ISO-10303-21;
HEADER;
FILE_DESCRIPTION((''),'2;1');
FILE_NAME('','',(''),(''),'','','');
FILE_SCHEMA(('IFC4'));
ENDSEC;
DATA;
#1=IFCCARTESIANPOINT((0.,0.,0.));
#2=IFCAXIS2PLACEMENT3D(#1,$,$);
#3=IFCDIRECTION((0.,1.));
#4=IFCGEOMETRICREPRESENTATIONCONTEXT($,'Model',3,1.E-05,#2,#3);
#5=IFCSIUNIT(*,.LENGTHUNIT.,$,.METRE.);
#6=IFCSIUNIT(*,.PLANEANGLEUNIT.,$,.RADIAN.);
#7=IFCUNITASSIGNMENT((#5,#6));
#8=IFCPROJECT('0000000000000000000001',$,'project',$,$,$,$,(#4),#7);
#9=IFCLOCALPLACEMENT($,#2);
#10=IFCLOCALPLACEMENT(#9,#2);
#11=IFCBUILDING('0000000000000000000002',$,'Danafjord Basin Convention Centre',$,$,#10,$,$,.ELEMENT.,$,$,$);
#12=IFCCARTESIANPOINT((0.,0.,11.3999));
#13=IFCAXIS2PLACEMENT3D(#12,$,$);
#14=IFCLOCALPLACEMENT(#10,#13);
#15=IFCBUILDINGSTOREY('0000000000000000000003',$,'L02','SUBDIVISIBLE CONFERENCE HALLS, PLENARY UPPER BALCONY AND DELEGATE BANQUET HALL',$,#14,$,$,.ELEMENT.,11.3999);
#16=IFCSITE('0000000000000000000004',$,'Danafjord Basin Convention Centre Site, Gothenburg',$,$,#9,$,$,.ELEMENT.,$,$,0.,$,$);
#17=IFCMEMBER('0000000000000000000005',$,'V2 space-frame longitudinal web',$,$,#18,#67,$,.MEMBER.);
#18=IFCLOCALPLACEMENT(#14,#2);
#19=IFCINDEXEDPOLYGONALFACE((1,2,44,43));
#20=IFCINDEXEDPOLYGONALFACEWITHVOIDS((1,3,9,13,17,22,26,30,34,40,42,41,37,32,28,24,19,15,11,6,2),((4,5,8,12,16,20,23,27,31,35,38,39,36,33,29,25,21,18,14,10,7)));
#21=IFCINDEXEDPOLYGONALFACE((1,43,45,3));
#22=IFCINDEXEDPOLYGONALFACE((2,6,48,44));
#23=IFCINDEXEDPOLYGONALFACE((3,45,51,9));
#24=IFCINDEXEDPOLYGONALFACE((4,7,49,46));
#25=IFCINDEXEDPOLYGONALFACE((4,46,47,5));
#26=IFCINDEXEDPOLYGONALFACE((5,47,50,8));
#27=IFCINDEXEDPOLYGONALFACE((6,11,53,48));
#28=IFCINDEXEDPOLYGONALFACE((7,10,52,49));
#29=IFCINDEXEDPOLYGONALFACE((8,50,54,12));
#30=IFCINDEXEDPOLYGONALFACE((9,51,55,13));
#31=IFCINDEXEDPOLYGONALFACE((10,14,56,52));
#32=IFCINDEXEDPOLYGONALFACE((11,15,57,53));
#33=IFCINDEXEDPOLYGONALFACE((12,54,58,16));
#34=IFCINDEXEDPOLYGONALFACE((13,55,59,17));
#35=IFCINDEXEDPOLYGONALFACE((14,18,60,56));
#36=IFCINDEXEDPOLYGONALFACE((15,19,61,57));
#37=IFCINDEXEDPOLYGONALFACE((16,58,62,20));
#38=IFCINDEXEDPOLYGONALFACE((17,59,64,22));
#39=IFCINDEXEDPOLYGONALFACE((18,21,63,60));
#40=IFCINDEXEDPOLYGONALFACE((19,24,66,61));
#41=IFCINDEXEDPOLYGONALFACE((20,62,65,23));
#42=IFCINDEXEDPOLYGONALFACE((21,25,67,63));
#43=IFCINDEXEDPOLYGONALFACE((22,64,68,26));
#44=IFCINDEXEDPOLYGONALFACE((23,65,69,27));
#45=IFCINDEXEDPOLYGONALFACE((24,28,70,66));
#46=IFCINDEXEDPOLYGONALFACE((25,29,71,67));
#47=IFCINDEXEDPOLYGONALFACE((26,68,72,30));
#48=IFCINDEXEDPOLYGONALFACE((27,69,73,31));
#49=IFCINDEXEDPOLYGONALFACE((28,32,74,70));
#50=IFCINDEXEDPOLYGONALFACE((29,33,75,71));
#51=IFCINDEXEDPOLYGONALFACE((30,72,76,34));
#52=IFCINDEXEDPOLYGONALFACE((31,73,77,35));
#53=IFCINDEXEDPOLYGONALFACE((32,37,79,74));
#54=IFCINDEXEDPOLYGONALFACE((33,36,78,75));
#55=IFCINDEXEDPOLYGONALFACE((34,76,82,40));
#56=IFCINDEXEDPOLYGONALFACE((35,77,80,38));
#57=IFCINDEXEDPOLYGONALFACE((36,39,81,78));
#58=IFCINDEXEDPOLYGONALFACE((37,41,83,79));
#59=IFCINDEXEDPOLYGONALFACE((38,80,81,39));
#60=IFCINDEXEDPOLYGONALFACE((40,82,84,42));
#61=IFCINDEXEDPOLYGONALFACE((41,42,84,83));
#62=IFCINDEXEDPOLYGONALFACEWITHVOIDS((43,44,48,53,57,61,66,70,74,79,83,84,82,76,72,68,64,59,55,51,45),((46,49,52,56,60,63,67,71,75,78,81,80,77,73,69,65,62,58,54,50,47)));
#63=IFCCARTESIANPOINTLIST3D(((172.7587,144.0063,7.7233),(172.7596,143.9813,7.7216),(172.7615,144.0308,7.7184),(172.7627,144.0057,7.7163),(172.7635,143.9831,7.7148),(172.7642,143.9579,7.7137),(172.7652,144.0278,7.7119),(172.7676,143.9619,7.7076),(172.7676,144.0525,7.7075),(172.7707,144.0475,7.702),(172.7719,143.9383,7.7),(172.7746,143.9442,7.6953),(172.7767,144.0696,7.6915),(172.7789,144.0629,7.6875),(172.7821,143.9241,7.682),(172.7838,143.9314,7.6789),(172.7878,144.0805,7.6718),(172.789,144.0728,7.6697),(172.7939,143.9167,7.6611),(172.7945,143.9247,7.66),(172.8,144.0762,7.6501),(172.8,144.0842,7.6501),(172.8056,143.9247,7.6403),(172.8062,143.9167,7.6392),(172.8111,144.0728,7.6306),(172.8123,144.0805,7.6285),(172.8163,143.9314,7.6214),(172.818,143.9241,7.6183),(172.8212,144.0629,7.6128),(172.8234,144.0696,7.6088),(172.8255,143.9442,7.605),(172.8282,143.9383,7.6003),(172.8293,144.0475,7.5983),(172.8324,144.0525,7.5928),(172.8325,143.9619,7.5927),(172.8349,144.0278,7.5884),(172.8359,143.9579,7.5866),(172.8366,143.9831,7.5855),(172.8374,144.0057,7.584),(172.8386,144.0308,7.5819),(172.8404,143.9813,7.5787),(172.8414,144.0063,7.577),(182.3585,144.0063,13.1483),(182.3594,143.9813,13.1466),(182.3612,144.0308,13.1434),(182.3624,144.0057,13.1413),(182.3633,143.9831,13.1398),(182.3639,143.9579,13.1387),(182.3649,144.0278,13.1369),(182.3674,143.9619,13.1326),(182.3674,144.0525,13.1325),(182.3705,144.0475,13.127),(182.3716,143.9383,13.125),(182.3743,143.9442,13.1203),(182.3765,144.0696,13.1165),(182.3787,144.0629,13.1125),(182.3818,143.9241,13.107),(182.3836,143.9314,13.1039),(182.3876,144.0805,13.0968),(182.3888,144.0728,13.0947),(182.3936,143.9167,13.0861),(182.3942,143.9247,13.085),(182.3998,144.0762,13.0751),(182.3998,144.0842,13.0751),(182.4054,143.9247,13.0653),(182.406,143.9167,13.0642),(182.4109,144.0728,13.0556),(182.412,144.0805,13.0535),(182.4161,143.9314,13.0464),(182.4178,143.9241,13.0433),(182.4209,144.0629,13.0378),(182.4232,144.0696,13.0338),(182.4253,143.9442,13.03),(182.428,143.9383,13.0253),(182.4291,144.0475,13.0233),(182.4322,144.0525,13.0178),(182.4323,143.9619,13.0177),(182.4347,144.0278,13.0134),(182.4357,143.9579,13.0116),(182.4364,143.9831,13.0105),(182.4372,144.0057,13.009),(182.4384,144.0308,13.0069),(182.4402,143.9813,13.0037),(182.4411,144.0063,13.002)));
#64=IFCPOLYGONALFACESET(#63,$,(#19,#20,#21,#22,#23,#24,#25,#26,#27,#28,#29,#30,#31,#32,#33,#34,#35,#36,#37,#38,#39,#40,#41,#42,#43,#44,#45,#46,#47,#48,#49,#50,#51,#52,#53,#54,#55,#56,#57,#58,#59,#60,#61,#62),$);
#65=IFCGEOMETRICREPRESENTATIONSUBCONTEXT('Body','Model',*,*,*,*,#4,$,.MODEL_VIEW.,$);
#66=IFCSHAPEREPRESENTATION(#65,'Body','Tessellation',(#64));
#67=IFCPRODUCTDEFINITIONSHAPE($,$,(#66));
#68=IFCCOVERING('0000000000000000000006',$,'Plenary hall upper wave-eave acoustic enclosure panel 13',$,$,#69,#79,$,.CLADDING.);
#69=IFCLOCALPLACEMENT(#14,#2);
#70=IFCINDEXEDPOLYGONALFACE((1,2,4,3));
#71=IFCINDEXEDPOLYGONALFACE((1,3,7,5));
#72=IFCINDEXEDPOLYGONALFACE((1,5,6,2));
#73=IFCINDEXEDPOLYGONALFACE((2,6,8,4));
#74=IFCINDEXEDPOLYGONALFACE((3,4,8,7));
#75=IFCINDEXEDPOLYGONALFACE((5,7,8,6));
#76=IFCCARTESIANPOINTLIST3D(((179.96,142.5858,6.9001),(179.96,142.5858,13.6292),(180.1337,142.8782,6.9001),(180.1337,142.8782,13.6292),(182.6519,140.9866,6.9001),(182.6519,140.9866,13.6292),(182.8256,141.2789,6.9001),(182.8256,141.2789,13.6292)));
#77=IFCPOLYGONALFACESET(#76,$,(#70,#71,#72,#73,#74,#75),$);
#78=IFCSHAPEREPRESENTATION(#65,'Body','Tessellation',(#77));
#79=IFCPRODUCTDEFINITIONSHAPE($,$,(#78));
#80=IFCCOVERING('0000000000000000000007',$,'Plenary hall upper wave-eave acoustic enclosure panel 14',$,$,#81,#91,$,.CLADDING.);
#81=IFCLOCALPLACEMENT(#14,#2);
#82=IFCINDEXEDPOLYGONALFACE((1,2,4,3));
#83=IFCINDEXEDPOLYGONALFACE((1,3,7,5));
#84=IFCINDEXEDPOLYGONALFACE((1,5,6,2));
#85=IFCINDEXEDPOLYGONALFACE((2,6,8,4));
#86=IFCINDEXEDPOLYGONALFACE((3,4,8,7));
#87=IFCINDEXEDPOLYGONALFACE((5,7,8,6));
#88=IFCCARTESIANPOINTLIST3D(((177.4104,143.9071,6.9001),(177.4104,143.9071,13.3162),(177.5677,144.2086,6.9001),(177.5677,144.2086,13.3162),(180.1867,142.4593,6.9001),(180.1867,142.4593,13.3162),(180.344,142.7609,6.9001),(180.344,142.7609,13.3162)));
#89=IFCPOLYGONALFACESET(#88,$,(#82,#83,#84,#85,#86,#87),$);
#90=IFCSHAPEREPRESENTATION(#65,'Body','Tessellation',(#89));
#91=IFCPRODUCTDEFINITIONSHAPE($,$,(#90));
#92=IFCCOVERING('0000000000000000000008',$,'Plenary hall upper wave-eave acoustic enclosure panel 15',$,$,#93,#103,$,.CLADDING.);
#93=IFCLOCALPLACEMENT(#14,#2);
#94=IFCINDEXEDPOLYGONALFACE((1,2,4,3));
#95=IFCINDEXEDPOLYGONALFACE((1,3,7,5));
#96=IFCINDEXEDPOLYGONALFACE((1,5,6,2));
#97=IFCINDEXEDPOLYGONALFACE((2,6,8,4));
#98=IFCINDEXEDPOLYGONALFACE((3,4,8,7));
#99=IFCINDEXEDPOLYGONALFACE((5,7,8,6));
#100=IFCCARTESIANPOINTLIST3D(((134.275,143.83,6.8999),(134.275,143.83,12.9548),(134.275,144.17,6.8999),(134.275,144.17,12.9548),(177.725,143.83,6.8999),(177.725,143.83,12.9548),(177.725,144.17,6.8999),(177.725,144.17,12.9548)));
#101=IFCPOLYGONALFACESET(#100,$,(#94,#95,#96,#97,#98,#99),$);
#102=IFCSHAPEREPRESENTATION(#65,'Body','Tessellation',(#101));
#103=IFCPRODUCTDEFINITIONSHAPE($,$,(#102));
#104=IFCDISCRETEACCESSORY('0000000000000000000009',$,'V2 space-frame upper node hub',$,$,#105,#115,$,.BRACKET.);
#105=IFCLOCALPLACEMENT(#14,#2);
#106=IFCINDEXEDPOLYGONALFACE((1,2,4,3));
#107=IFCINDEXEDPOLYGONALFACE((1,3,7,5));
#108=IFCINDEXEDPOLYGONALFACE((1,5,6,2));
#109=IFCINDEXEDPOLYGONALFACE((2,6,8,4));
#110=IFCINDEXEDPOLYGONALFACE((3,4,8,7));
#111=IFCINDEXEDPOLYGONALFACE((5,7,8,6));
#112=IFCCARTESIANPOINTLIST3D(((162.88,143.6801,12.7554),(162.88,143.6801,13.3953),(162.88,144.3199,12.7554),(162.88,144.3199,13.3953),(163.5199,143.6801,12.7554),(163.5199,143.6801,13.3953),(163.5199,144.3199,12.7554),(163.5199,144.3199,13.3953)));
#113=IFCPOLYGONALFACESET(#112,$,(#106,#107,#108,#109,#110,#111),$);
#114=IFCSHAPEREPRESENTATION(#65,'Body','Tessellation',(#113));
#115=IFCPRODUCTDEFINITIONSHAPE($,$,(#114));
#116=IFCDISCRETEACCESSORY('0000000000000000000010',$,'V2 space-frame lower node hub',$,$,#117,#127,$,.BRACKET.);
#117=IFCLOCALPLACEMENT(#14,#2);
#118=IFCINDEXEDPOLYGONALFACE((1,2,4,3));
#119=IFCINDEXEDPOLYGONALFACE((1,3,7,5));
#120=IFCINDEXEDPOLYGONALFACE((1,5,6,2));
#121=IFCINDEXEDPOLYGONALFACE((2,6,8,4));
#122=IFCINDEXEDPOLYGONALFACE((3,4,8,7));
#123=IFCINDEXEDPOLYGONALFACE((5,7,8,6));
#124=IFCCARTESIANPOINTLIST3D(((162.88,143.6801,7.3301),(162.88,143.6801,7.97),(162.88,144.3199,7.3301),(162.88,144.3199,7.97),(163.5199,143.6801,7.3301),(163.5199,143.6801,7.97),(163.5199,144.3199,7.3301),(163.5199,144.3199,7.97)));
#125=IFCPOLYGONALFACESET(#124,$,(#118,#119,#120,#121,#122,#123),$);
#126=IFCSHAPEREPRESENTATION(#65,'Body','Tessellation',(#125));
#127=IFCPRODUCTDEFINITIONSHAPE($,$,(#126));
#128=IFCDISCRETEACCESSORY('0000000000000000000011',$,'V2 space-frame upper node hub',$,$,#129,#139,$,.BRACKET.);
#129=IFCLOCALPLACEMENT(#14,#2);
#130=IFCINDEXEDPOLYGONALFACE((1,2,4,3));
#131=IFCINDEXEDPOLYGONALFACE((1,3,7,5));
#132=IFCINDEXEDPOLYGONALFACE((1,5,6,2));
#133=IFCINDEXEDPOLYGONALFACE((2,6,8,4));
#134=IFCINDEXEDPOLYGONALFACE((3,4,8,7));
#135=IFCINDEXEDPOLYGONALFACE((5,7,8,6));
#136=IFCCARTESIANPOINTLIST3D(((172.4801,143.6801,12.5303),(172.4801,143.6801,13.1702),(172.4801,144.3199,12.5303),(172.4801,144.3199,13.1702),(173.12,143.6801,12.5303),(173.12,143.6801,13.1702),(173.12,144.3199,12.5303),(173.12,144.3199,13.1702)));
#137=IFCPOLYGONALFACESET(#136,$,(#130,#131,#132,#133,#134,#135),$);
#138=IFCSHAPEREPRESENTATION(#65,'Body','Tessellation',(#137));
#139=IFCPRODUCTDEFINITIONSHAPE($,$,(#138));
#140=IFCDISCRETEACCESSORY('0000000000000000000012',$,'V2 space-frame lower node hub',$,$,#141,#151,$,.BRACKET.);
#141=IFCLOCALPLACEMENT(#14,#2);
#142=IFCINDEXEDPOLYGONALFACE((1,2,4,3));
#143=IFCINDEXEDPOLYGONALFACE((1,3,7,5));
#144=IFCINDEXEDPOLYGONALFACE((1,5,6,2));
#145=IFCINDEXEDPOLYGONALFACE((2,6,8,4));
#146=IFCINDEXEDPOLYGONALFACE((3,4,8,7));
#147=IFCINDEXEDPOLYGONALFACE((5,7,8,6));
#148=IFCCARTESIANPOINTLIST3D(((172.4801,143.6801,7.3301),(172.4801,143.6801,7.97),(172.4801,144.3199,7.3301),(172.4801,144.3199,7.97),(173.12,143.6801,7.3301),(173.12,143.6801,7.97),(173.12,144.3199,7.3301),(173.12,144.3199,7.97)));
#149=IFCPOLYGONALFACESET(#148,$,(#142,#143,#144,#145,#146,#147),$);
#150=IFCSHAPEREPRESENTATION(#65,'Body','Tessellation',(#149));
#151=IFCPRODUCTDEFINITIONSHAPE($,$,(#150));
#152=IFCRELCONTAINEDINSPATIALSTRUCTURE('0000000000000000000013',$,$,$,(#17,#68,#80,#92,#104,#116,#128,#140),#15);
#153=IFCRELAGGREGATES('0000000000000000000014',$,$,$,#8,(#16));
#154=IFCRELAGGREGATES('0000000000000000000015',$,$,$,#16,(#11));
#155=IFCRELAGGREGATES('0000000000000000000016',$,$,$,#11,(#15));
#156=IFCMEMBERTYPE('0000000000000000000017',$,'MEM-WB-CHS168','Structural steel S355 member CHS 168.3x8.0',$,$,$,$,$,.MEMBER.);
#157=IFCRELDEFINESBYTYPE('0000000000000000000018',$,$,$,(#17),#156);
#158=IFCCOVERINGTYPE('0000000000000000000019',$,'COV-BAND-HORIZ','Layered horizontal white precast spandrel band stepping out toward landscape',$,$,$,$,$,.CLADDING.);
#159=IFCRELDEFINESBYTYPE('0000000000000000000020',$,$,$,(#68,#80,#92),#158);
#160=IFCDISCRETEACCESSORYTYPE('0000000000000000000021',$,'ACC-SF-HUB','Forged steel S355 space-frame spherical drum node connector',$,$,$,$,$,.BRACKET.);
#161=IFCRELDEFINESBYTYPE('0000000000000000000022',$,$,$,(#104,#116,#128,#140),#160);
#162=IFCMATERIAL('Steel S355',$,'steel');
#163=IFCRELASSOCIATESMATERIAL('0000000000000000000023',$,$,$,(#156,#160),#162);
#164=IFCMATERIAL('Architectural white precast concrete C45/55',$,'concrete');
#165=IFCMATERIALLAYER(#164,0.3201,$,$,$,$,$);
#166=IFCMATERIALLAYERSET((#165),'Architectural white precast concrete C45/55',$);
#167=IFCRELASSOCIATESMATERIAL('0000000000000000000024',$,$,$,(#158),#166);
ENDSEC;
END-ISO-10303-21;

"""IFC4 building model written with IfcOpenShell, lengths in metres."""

from ifc_helpers import new_model, si_unit, direction, frame, origin, origin_2d, place, context, subcontext, project, spatial, rectangle, hollow_circle, extrude, material, layer, layer_set, material_profile, profile_set, type_object, element, save


model = new_model("IFC4")

# Units and contexts
model_context = context("Model", 3, precision=1e-05, world=origin(), true_north=direction((0.0, 1.0)))
body_context = subcontext(model_context, "Body", "Model", "MODEL_VIEW")
ifc_project = project(units=[si_unit("LENGTHUNIT", "METRE"), si_unit("PLANEANGLEUNIT", "RADIAN")], contexts=[model_context])

# Site, building, storey
site_placement = place(None, origin())
site = spatial("IfcSite", under=ifc_project, at=site_placement, Name="Danafjord Basin Convention Centre Site, Gothenburg", CompositionType="ELEMENT", RefElevation=0.0)
building_placement = place(site_placement, origin())
building = spatial("IfcBuilding", under=site, at=building_placement, Name="Danafjord Basin Convention Centre", CompositionType="ELEMENT")
storey_placement = place(building_placement, frame((0.0, 0.0, 11.3999)))
storey = spatial("IfcBuildingStorey", under=building, at=storey_placement, Name="L02", Description="SUBDIVISIBLE CONFERENCE HALLS, PLENARY UPPER BALCONY AND DELEGATE BANQUET HALL", CompositionType="ELEMENT", Elevation=11.3999)

# Shared definitions
ifc_material_1 = material(Name="Steel S355", Category="steel")

# Member
ifc_material_profile_1 = material_profile(ifc_material_1, hollow_circle(Radius=0.0842, WallThickness=0.0081, at=origin_2d()), Name="CHS 168.3x8.0")
ifc_profile_set_1 = profile_set([ifc_material_profile_1], Name="Steel S355")
member_type_1 = type_object("IfcMemberType", Name="MEM-WB-CHS168", Description="Structural steel S355 member CHS 168.3x8.0", PredefinedType="MEMBER", material=ifc_profile_set_1)
member_1_placement = place(storey_placement, frame((172.8, 144.0, 7.6501), z_axis=(0.8706, 0.0, 0.491992), x_axis=(0.0, 1.0, 0.0)))
element("IfcMember", 1, at=member_1_placement, inside=storey, type_object=member_type_1, Name="V2 space-frame longitudinal web", PredefinedType="MEMBER", context=body_context, shape_type="SweptSolid", body=[
    extrude(hollow_circle(Radius=0.0842, WallThickness=0.0081, at=origin_2d()), origin(), (0.0, 0.0, 1.0), 11.0266),
])

# Coverings
ifc_material_2 = material(Name="Architectural white precast concrete C45/55", Category="concrete")
ifc_layer = layer(ifc_material_2, 0.3201)
ifc_layer_set = layer_set([ifc_layer], Name="Architectural white precast concrete C45/55")
covering_type = type_object("IfcCoveringType", Name="COV-BAND-HORIZ", Description="Layered horizontal white precast spandrel band stepping out toward landscape", PredefinedType="CLADDING", material=ifc_layer_set)
covering_1_placement = place(storey_placement, frame((181.3928, 141.9324, 6.9001), z_axis=(0.0, 0.0, 1.0), x_axis=(-0.859724, 0.510759, 0.0)))
element("IfcCovering", 2, at=covering_1_placement, inside=storey, type_object=covering_type, Name="Plenary hall upper wave-eave acoustic enclosure panel 13", PredefinedType="CLADDING", context=body_context, shape_type="SweptSolid", body=[
    extrude(rectangle(XDim=3.1311, YDim=0.3401, at=origin_2d()), origin(), (0.0, 0.0, 1.0), 6.729),
])
covering_2_placement = place(storey_placement, frame((178.8772, 143.334, 6.9001), z_axis=(0.0, 0.0, 1.0), x_axis=(-0.886689, 0.462367, 0.0)))
element("IfcCovering", 3, at=covering_2_placement, inside=storey, type_object=covering_type, Name="Plenary hall upper wave-eave acoustic enclosure panel 14", PredefinedType="CLADDING", context=body_context, shape_type="SweptSolid", body=[
    extrude(rectangle(XDim=3.1311, YDim=0.3401, at=origin_2d()), origin(), (0.0, 0.0, 1.0), 6.416),
])
covering_3_placement = place(storey_placement, frame((156.0, 144.0, 6.8999), z_axis=(0.0, 0.0, 1.0), x_axis=(-1.0, 0.0, 0.0)))
element("IfcCovering", 4, at=covering_3_placement, inside=storey, type_object=covering_type, Name="Plenary hall upper wave-eave acoustic enclosure panel 15", PredefinedType="CLADDING", context=body_context, shape_type="SweptSolid", body=[
    extrude(rectangle(XDim=43.45, YDim=0.3401, at=origin_2d()), origin(), (0.0, 0.0, 1.0), 6.0549),
])

# Discrete accessories
discrete_accessory_type = type_object("IfcDiscreteAccessoryType", Name="ACC-SF-HUB", Description="Forged steel S355 space-frame spherical drum node connector", PredefinedType="BRACKET", material=ifc_material_1)
for number, where, z_axis, x_axis, name in (
    (5, (163.2, 144.0, 12.7554), (0.0, 0.0, 1.0), (1.0, 0.0, 0.0), "V2 space-frame upper node hub"),
    (6, (163.2, 144.0, 7.3301), (0.0, 0.0, 1.0), (1.0, 0.0, 0.0), "V2 space-frame lower node hub"),
    (7, (172.8, 144.0, 12.5303), (0.0, 0.0, 1.0), (1.0, 0.0, 0.0), "V2 space-frame upper node hub"),
    (8, (172.8, 144.0, 7.3301), (0.0, 0.0, 1.0), (1.0, 0.0, 0.0), "V2 space-frame lower node hub"),
):
    element("IfcDiscreteAccessory", number, at=place(storey_placement, frame(where, z_axis=z_axis, x_axis=x_axis)), inside=storey, type_object=discrete_accessory_type, Name=name, PredefinedType="BRACKET", context=body_context, shape_type="SweptSolid", body=[
        extrude(rectangle(XDim=0.6399, YDim=0.6399, at=origin_2d()), origin(), (0.0, 0.0, 1.0), 0.6399),
    ])

save(model, "model.ifc")
